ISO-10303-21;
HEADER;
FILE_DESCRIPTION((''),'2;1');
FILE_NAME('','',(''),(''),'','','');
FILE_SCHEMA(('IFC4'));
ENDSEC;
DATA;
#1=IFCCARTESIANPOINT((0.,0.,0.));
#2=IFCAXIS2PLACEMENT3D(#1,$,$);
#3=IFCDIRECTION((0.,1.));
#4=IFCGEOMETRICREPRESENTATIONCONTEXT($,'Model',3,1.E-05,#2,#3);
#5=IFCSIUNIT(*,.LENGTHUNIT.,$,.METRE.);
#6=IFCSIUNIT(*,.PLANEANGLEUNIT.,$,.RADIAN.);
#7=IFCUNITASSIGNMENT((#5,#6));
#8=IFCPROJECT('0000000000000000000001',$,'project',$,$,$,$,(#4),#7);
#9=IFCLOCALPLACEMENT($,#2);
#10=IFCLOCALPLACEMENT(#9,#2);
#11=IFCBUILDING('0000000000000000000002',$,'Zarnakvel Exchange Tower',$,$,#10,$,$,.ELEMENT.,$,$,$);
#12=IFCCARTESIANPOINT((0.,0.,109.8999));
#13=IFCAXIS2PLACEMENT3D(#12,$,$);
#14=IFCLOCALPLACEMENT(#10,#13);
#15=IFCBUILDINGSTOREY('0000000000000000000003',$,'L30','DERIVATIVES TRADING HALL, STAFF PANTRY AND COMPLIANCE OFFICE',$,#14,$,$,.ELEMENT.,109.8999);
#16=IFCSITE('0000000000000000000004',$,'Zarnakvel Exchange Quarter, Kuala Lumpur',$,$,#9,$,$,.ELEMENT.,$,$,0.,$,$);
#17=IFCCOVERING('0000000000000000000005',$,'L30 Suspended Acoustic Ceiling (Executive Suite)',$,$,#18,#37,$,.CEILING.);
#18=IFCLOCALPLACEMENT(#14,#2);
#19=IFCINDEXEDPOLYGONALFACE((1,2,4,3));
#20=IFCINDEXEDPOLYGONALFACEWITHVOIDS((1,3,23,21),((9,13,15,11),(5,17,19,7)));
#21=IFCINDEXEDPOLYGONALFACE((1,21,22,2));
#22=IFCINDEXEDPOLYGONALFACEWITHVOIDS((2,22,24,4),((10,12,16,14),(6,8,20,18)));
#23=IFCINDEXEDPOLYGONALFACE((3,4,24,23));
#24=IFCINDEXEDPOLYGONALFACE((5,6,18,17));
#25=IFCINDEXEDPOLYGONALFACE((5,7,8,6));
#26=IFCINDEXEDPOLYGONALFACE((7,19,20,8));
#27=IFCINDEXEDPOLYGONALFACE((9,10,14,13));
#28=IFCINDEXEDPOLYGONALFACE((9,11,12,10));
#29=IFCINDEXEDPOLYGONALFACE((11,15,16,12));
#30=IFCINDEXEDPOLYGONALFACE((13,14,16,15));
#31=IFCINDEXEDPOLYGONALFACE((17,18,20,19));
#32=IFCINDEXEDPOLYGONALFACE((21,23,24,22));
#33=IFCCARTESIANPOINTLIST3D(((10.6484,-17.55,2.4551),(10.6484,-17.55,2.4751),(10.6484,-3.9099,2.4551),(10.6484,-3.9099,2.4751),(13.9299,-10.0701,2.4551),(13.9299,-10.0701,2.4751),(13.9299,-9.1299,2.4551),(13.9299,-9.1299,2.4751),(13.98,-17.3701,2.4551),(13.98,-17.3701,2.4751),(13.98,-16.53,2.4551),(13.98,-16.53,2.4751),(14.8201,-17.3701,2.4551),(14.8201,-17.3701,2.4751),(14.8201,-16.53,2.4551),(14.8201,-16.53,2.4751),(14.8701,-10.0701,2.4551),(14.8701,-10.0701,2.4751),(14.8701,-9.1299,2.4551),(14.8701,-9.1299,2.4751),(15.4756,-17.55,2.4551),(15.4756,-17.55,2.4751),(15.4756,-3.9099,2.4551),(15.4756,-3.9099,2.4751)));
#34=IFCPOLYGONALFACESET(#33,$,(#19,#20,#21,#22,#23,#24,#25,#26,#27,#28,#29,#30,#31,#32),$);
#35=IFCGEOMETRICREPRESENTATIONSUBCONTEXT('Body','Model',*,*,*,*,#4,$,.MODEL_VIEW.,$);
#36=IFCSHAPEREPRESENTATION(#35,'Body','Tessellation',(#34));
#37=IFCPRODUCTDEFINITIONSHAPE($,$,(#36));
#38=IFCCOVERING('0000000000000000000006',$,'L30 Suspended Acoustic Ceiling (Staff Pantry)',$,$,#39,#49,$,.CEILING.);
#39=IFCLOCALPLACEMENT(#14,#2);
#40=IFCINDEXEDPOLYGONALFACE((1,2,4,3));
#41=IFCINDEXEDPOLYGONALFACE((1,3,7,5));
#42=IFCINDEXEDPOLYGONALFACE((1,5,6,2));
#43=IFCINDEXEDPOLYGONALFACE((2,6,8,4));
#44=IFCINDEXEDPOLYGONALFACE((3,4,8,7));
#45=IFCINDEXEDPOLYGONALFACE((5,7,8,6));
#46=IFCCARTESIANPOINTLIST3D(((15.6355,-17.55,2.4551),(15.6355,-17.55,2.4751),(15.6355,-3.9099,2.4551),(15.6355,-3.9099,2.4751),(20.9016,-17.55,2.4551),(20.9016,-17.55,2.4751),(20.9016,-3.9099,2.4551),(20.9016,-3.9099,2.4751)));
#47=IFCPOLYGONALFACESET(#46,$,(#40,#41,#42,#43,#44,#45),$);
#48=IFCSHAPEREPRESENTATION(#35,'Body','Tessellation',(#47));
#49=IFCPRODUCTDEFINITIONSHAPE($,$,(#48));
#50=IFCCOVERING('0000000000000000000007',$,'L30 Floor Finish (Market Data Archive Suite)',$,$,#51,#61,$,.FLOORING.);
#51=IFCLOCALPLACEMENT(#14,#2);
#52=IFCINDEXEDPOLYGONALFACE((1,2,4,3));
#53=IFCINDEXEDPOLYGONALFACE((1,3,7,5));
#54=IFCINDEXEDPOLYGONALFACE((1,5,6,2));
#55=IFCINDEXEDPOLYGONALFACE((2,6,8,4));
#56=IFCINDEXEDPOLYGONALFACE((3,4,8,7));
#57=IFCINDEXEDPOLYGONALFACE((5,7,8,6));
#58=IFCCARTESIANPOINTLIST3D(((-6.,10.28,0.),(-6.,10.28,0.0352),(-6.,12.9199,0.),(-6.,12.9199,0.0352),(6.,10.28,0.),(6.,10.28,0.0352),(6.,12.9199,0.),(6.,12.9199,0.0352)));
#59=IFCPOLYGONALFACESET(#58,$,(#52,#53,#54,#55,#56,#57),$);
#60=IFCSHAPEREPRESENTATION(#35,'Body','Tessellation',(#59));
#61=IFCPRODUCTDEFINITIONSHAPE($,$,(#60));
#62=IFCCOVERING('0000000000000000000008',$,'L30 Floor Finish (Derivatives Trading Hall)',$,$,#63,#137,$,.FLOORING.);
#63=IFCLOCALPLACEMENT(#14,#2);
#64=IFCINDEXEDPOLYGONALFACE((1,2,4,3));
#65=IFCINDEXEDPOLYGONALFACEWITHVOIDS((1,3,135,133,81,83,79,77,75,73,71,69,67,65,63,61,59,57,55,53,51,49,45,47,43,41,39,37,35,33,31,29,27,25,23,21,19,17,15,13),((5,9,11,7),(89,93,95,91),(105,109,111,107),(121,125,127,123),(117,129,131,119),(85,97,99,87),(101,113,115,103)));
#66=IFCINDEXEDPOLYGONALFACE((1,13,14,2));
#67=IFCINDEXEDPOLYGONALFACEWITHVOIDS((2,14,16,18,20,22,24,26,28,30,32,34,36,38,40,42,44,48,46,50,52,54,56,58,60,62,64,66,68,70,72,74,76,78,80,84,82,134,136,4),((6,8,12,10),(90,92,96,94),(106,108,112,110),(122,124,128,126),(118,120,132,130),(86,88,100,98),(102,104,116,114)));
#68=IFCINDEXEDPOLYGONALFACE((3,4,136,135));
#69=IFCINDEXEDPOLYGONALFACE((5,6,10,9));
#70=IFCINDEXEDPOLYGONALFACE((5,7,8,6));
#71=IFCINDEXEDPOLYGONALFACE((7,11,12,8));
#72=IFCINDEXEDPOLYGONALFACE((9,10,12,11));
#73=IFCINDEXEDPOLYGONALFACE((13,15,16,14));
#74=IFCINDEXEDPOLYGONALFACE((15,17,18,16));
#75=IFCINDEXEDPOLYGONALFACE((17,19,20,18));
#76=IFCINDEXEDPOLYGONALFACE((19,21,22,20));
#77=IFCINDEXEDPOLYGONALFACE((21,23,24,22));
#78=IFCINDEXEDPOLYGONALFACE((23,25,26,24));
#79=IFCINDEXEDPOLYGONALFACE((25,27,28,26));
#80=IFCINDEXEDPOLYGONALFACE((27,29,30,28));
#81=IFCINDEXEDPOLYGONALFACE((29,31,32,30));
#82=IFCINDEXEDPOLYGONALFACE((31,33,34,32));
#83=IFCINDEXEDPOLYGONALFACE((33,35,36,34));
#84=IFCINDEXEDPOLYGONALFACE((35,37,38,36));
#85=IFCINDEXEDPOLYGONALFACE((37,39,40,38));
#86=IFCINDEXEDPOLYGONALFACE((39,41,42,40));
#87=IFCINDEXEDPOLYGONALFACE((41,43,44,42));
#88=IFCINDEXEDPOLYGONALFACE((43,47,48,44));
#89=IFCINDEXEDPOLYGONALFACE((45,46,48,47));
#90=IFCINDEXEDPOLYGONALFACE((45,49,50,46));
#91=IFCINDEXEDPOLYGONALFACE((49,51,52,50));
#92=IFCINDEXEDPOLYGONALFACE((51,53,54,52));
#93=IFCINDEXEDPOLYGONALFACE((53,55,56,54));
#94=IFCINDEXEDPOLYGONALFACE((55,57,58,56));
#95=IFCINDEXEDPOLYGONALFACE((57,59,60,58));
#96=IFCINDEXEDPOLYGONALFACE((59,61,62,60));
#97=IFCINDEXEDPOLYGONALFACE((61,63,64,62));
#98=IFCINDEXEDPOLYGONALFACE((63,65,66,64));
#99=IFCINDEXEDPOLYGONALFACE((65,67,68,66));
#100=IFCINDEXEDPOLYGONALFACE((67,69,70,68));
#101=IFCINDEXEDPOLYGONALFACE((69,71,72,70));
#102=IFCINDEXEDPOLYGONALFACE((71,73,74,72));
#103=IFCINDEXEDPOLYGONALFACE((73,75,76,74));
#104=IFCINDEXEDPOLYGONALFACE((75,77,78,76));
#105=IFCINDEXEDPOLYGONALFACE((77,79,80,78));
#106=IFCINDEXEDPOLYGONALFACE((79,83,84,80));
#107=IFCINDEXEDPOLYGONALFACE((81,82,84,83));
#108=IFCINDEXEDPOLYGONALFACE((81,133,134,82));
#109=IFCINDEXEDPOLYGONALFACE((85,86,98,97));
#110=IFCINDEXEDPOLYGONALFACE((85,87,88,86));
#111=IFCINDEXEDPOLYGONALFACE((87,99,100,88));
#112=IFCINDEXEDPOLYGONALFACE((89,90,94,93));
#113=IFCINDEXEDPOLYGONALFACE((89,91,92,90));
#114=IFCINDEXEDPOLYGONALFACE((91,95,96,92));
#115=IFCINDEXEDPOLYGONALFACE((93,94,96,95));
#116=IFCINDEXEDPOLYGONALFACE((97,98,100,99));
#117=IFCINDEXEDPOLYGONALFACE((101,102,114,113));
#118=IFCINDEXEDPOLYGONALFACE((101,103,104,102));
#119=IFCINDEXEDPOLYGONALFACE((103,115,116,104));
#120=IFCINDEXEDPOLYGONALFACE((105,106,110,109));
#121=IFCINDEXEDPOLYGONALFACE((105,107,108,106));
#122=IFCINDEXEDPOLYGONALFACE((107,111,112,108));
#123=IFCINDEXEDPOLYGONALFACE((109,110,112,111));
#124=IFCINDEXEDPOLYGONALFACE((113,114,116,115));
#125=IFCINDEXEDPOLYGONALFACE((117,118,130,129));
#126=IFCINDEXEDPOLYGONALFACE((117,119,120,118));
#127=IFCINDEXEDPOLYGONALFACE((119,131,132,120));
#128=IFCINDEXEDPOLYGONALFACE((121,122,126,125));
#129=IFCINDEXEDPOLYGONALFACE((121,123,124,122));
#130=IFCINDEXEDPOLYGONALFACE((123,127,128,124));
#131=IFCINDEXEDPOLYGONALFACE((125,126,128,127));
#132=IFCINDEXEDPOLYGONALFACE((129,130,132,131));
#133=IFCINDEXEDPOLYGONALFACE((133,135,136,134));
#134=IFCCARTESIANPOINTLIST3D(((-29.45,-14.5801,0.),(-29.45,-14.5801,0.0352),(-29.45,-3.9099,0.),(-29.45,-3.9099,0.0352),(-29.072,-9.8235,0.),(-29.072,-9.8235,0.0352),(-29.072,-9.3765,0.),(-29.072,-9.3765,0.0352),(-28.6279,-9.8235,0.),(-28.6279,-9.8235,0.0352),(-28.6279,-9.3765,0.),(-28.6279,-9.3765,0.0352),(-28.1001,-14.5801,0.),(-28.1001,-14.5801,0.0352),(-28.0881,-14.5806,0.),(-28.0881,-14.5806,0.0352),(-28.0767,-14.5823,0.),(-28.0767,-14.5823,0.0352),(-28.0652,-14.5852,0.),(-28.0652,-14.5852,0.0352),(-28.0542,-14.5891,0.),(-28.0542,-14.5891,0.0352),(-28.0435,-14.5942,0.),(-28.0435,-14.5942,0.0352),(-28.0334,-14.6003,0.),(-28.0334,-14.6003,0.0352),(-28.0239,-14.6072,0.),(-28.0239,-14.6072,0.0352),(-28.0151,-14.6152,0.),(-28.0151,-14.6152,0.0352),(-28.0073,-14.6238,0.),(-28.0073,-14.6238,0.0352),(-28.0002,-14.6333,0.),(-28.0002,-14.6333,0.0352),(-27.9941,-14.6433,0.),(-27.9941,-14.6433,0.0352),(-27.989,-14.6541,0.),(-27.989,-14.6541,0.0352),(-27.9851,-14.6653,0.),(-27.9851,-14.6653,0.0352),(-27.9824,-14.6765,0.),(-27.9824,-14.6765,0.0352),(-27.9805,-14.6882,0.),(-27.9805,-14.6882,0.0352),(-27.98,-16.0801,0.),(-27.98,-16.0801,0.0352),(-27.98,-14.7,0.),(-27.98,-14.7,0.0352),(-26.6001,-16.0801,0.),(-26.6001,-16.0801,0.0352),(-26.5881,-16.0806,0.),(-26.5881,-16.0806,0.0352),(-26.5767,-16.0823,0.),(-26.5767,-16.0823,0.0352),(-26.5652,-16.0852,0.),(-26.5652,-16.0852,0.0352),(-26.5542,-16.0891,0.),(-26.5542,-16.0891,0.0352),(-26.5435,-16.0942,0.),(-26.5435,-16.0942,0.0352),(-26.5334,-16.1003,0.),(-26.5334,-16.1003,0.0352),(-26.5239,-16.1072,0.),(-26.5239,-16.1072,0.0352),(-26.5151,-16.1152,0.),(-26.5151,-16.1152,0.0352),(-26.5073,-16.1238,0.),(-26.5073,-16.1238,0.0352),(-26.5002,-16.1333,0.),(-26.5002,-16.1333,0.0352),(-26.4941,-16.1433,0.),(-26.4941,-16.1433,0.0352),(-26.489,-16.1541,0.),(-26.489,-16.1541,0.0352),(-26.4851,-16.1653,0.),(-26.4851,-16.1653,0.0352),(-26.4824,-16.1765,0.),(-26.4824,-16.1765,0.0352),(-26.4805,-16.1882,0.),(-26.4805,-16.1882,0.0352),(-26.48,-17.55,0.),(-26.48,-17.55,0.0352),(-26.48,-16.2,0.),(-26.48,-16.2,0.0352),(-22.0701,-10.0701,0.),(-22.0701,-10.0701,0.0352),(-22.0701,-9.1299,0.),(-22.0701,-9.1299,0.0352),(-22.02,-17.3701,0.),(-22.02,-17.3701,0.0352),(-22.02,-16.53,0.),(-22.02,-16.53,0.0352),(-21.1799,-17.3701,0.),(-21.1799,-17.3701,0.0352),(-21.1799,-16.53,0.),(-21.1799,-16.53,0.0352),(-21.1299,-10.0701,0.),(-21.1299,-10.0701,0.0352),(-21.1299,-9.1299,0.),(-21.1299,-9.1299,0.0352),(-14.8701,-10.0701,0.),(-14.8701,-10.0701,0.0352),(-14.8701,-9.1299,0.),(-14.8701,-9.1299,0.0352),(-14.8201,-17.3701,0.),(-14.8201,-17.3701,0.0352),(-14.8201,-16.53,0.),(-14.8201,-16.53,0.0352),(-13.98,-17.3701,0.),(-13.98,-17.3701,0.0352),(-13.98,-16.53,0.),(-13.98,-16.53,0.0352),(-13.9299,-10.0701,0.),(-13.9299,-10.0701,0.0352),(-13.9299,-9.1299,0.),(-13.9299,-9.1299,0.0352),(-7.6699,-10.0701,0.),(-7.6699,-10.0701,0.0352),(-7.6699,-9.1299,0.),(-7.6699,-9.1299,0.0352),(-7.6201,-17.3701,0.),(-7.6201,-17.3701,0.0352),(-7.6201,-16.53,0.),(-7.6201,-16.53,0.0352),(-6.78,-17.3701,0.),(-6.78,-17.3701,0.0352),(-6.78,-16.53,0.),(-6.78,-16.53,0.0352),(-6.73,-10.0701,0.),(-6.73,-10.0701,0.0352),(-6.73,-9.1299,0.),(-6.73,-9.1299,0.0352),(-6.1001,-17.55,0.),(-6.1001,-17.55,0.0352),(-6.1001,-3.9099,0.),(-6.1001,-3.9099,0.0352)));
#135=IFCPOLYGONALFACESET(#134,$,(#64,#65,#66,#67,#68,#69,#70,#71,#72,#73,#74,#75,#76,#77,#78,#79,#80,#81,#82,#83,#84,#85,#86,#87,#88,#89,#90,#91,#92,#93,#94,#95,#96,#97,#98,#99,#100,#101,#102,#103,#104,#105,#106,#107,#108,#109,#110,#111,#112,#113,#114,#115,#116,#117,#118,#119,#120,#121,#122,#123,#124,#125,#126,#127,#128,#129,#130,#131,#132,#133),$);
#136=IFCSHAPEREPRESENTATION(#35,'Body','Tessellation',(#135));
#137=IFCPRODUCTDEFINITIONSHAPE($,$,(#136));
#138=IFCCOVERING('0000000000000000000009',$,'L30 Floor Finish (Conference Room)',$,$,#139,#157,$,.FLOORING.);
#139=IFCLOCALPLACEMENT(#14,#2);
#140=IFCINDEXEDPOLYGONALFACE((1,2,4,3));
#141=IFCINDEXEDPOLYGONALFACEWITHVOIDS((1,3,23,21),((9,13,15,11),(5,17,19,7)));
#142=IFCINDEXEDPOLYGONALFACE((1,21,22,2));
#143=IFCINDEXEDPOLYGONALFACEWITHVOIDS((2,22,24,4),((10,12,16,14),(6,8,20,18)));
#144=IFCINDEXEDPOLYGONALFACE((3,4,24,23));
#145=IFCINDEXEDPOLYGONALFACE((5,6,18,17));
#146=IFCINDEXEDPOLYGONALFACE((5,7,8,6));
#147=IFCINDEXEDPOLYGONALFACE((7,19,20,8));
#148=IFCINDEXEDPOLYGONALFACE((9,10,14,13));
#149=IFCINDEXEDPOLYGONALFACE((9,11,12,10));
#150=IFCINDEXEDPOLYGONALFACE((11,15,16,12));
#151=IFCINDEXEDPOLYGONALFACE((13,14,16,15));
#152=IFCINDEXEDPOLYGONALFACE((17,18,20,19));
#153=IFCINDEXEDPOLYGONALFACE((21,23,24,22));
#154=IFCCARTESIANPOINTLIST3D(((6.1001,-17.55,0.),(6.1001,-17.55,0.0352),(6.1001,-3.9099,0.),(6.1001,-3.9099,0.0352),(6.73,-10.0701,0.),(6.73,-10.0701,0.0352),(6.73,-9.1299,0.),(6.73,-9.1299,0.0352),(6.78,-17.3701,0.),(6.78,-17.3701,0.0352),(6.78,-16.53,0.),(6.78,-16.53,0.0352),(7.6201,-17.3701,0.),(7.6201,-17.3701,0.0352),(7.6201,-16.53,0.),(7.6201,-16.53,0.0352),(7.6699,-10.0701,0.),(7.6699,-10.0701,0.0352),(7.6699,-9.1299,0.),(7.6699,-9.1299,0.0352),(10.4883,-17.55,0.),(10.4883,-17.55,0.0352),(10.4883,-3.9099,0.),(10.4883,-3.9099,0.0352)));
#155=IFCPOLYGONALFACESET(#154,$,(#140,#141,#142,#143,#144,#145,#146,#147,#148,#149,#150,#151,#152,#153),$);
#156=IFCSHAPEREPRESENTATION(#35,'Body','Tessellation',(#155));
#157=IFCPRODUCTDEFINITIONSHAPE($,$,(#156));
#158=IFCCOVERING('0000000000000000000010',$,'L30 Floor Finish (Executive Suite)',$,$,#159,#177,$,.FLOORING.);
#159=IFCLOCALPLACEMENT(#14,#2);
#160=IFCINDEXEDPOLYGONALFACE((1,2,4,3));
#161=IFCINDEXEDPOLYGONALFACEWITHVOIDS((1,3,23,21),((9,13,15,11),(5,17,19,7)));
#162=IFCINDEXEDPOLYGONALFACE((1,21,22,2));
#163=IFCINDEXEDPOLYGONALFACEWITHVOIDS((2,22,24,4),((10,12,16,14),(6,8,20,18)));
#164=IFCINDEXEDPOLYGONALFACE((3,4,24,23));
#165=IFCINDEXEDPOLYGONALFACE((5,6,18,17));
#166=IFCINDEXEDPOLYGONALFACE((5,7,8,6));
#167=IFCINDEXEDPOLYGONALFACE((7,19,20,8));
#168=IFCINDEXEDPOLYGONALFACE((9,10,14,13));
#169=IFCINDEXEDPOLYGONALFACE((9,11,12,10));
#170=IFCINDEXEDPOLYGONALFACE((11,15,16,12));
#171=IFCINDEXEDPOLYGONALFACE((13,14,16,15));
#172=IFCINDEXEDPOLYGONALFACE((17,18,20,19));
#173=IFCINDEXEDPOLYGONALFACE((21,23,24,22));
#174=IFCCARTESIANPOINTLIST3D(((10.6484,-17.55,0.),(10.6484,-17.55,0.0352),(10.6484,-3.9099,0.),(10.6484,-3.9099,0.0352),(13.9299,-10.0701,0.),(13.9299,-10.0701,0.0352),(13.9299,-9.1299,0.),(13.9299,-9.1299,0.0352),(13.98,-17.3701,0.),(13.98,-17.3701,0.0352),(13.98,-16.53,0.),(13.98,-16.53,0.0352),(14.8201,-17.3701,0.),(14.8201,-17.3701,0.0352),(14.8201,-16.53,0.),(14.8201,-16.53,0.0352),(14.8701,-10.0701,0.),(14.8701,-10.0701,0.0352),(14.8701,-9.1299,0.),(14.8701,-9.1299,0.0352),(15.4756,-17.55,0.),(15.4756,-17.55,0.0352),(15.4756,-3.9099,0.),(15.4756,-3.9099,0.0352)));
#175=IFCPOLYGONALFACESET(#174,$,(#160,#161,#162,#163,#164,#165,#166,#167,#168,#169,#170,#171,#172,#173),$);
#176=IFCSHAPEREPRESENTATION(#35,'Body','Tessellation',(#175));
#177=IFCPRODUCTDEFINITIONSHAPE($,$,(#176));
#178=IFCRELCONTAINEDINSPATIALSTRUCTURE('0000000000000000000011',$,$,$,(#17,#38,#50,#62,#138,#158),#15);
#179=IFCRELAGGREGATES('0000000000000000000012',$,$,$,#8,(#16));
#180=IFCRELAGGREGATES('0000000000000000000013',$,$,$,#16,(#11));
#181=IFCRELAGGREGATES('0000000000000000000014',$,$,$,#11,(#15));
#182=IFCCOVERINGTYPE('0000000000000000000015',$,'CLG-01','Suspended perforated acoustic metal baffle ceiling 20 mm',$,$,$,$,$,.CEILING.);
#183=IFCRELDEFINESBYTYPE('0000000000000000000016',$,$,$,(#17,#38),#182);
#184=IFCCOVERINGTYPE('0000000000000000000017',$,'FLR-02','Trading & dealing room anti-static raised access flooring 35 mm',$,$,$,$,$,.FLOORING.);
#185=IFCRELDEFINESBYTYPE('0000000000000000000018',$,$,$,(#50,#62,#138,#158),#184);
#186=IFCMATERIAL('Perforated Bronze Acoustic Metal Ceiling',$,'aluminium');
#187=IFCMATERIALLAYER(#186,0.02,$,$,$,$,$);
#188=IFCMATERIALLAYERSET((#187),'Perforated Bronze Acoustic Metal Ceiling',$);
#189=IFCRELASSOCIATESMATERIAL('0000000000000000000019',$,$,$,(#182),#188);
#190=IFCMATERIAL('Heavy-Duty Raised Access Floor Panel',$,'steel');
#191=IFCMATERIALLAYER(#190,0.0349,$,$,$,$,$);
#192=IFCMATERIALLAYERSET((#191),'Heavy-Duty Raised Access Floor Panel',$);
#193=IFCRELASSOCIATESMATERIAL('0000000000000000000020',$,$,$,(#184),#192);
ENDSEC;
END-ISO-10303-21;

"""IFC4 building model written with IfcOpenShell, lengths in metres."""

from ifc_helpers import new_model, si_unit, direction, frame, origin, place, context, subcontext, project, spatial, polyline, outline, extrude, material, layer, layer_set, type_object, element, save


model = new_model("IFC4")

# Units and contexts
model_context = context("Model", 3, precision=1e-05, world=origin(), true_north=direction((0.0, 1.0)))
body_context = subcontext(model_context, "Body", "Model", "MODEL_VIEW")
ifc_project = project(units=[si_unit("LENGTHUNIT", "METRE"), si_unit("PLANEANGLEUNIT", "RADIAN")], contexts=[model_context])

# Site, building, storey
site_placement = place(None, origin())
site = spatial("IfcSite", under=ifc_project, at=site_placement, Name="Zarnakvel Exchange Quarter, Kuala Lumpur", CompositionType="ELEMENT", RefElevation=0.0)
building_placement = place(site_placement, origin())
building = spatial("IfcBuilding", under=site, at=building_placement, Name="Zarnakvel Exchange Tower", CompositionType="ELEMENT")
storey_placement = place(building_placement, frame((0.0, 0.0, 109.8999)))
storey = spatial("IfcBuildingStorey", under=building, at=storey_placement, Name="L30", Description="DERIVATIVES TRADING HALL, STAFF PANTRY AND COMPLIANCE OFFICE", CompositionType="ELEMENT", Elevation=109.8999)

# Coverings
ifc_material_1 = material(Name="Perforated Bronze Acoustic Metal Ceiling", Category="aluminium")
ifc_layer_1 = layer(ifc_material_1, 0.02)
ifc_layer_set_1 = layer_set([ifc_layer_1], Name="Perforated Bronze Acoustic Metal Ceiling")
covering_type_1 = type_object("IfcCoveringType", Name="CLG-01", Description="Suspended perforated acoustic metal baffle ceiling 20 mm", PredefinedType="CEILING", material=ifc_layer_set_1)
covering_1_placement = place(storey_placement, frame((0.0, 0.0, 2.4551)))
element("IfcCovering", 1, at=covering_1_placement, inside=storey, type_object=covering_type_1, Name="L30 Suspended Acoustic Ceiling (Executive Suite)", PredefinedType="CEILING", context=body_context, shape_type="SweptSolid", body=[
    extrude(outline(polyline([(10.6484, -3.9099), (15.4756, -3.9099), (15.4756, -17.55), (10.6484, -17.55), (10.6484, -3.9099)]), holes=[polyline([(13.9299, -10.0701), (14.8701, -10.0701), (14.8701, -9.1299), (13.9299, -9.1299), (13.9299, -10.0701)]), polyline([(14.8201, -17.3701), (14.8201, -16.53), (13.98, -16.53), (13.98, -17.3701), (14.8201, -17.3701)])]), origin(), (0.0, 0.0, 1.0), 0.02),
])
covering_2_placement = place(storey_placement, frame((0.0, 0.0, 2.4551)))
element("IfcCovering", 2, at=covering_2_placement, inside=storey, type_object=covering_type_1, Name="L30 Suspended Acoustic Ceiling (Staff Pantry)", PredefinedType="CEILING", context=body_context, shape_type="SweptSolid", body=[
    extrude(outline(polyline([(15.6355, -3.9099), (20.9016, -3.9099), (20.9016, -17.55), (15.6355, -17.55), (15.6355, -3.9099)])), origin(), (0.0, 0.0, 1.0), 0.02),
])
ifc_material_2 = material(Name="Heavy-Duty Raised Access Floor Panel", Category="steel")
ifc_layer_2 = layer(ifc_material_2, 0.0349)
ifc_layer_set_2 = layer_set([ifc_layer_2], Name="Heavy-Duty Raised Access Floor Panel")
covering_type_2 = type_object("IfcCoveringType", Name="FLR-02", Description="Trading & dealing room anti-static raised access flooring 35 mm", PredefinedType="FLOORING", material=ifc_layer_set_2)
covering_3_placement = place(storey_placement, origin())
element("IfcCovering", 3, at=covering_3_placement, inside=storey, type_object=covering_type_2, Name="L30 Floor Finish (Market Data Archive Suite)", PredefinedType="FLOORING", context=body_context, shape_type="SweptSolid", body=[
    extrude(outline(polyline([(-6.0, 12.9199), (6.0, 12.9199), (6.0, 10.28), (-6.0, 10.28), (-6.0, 12.9199)])), origin(), (0.0, 0.0, 1.0), 0.0352),
])
covering_4_placement = place(storey_placement, origin())
element("IfcCovering", 4, at=covering_4_placement, inside=storey, type_object=covering_type_2, Name="L30 Floor Finish (Derivatives Trading Hall)", PredefinedType="FLOORING", context=body_context, shape_type="SweptSolid", body=[
    extrude(outline(polyline([(-6.1001, -3.9099), (-6.1001, -17.55), (-26.48, -17.55), (-26.48, -16.2), (-26.4805, -16.1882), (-26.4824, -16.1765), (-26.4851, -16.1653), (-26.489, -16.1541), (-26.4941, -16.1433), (-26.5002, -16.1333), (-26.5073, -16.1238), (-26.5151, -16.1152), (-26.5239, -16.1072), (-26.5334, -16.1003), (-26.5435, -16.0942), (-26.5542, -16.0891), (-26.5652, -16.0852), (-26.5767, -16.0823), (-26.5881, -16.0806), (-26.6001, -16.0801), (-27.98, -16.0801), (-27.98, -14.7), (-27.9805, -14.6882), (-27.9824, -14.6765), (-27.9851, -14.6653), (-27.989, -14.6541), (-27.9941, -14.6433), (-28.0002, -14.6333), (-28.0073, -14.6238), (-28.0151, -14.6152), (-28.0239, -14.6072), (-28.0334, -14.6003), (-28.0435, -14.5942), (-28.0542, -14.5891), (-28.0652, -14.5852), (-28.0767, -14.5823), (-28.0881, -14.5806), (-28.1001, -14.5801), (-29.45, -14.5801), (-29.45, -3.9099), (-6.1001, -3.9099)]), holes=[polyline([(-7.6699, -10.0701), (-6.73, -10.0701), (-6.73, -9.1299), (-7.6699, -9.1299), (-7.6699, -10.0701)]), polyline([(-6.78, -17.3701), (-6.78, -16.53), (-7.6201, -16.53), (-7.6201, -17.3701), (-6.78, -17.3701)]), polyline([(-13.9299, -10.0701), (-13.9299, -9.1299), (-14.8701, -9.1299), (-14.8701, -10.0701), (-13.9299, -10.0701)]), polyline([(-13.98, -17.3701), (-13.98, -16.53), (-14.8201, -16.53), (-14.8201, -17.3701), (-13.98, -17.3701)]), polyline([(-21.1299, -10.0701), (-21.1299, -9.1299), (-22.0701, -9.1299), (-22.0701, -10.0701), (-21.1299, -10.0701)]), polyline([(-21.1799, -17.3701), (-21.1799, -16.53), (-22.02, -16.53), (-22.02, -17.3701), (-21.1799, -17.3701)]), polyline([(-29.072, -9.8235), (-28.6279, -9.8235), (-28.6279, -9.3765), (-29.072, -9.3765), (-29.072, -9.8235)])]), origin(), (0.0, 0.0, 1.0), 0.0352),
])
covering_5_placement = place(storey_placement, origin())
element("IfcCovering", 5, at=covering_5_placement, inside=storey, type_object=covering_type_2, Name="L30 Floor Finish (Conference Room)", PredefinedType="FLOORING", context=body_context, shape_type="SweptSolid", body=[
    extrude(outline(polyline([(6.1001, -3.9099), (10.4883, -3.9099), (10.4883, -17.55), (6.1001, -17.55), (6.1001, -3.9099)]), holes=[polyline([(6.73, -10.0701), (7.6699, -10.0701), (7.6699, -9.1299), (6.73, -9.1299), (6.73, -10.0701)]), polyline([(7.6201, -17.3701), (7.6201, -16.53), (6.78, -16.53), (6.78, -17.3701), (7.6201, -17.3701)])]), origin(), (0.0, 0.0, 1.0), 0.0352),
])
covering_6_placement = place(storey_placement, origin())
element("IfcCovering", 6, at=covering_6_placement, inside=storey, type_object=covering_type_2, Name="L30 Floor Finish (Executive Suite)", PredefinedType="FLOORING", context=body_context, shape_type="SweptSolid", body=[
    extrude(outline(polyline([(10.6484, -3.9099), (15.4756, -3.9099), (15.4756, -17.55), (10.6484, -17.55), (10.6484, -3.9099)]), holes=[polyline([(13.9299, -10.0701), (14.8701, -10.0701), (14.8701, -9.1299), (13.9299, -9.1299), (13.9299, -10.0701)]), polyline([(14.8201, -17.3701), (14.8201, -16.53), (13.98, -16.53), (13.98, -17.3701), (14.8201, -17.3701)])]), origin(), (0.0, 0.0, 1.0), 0.0352),
])

save(model, "model.ifc")
